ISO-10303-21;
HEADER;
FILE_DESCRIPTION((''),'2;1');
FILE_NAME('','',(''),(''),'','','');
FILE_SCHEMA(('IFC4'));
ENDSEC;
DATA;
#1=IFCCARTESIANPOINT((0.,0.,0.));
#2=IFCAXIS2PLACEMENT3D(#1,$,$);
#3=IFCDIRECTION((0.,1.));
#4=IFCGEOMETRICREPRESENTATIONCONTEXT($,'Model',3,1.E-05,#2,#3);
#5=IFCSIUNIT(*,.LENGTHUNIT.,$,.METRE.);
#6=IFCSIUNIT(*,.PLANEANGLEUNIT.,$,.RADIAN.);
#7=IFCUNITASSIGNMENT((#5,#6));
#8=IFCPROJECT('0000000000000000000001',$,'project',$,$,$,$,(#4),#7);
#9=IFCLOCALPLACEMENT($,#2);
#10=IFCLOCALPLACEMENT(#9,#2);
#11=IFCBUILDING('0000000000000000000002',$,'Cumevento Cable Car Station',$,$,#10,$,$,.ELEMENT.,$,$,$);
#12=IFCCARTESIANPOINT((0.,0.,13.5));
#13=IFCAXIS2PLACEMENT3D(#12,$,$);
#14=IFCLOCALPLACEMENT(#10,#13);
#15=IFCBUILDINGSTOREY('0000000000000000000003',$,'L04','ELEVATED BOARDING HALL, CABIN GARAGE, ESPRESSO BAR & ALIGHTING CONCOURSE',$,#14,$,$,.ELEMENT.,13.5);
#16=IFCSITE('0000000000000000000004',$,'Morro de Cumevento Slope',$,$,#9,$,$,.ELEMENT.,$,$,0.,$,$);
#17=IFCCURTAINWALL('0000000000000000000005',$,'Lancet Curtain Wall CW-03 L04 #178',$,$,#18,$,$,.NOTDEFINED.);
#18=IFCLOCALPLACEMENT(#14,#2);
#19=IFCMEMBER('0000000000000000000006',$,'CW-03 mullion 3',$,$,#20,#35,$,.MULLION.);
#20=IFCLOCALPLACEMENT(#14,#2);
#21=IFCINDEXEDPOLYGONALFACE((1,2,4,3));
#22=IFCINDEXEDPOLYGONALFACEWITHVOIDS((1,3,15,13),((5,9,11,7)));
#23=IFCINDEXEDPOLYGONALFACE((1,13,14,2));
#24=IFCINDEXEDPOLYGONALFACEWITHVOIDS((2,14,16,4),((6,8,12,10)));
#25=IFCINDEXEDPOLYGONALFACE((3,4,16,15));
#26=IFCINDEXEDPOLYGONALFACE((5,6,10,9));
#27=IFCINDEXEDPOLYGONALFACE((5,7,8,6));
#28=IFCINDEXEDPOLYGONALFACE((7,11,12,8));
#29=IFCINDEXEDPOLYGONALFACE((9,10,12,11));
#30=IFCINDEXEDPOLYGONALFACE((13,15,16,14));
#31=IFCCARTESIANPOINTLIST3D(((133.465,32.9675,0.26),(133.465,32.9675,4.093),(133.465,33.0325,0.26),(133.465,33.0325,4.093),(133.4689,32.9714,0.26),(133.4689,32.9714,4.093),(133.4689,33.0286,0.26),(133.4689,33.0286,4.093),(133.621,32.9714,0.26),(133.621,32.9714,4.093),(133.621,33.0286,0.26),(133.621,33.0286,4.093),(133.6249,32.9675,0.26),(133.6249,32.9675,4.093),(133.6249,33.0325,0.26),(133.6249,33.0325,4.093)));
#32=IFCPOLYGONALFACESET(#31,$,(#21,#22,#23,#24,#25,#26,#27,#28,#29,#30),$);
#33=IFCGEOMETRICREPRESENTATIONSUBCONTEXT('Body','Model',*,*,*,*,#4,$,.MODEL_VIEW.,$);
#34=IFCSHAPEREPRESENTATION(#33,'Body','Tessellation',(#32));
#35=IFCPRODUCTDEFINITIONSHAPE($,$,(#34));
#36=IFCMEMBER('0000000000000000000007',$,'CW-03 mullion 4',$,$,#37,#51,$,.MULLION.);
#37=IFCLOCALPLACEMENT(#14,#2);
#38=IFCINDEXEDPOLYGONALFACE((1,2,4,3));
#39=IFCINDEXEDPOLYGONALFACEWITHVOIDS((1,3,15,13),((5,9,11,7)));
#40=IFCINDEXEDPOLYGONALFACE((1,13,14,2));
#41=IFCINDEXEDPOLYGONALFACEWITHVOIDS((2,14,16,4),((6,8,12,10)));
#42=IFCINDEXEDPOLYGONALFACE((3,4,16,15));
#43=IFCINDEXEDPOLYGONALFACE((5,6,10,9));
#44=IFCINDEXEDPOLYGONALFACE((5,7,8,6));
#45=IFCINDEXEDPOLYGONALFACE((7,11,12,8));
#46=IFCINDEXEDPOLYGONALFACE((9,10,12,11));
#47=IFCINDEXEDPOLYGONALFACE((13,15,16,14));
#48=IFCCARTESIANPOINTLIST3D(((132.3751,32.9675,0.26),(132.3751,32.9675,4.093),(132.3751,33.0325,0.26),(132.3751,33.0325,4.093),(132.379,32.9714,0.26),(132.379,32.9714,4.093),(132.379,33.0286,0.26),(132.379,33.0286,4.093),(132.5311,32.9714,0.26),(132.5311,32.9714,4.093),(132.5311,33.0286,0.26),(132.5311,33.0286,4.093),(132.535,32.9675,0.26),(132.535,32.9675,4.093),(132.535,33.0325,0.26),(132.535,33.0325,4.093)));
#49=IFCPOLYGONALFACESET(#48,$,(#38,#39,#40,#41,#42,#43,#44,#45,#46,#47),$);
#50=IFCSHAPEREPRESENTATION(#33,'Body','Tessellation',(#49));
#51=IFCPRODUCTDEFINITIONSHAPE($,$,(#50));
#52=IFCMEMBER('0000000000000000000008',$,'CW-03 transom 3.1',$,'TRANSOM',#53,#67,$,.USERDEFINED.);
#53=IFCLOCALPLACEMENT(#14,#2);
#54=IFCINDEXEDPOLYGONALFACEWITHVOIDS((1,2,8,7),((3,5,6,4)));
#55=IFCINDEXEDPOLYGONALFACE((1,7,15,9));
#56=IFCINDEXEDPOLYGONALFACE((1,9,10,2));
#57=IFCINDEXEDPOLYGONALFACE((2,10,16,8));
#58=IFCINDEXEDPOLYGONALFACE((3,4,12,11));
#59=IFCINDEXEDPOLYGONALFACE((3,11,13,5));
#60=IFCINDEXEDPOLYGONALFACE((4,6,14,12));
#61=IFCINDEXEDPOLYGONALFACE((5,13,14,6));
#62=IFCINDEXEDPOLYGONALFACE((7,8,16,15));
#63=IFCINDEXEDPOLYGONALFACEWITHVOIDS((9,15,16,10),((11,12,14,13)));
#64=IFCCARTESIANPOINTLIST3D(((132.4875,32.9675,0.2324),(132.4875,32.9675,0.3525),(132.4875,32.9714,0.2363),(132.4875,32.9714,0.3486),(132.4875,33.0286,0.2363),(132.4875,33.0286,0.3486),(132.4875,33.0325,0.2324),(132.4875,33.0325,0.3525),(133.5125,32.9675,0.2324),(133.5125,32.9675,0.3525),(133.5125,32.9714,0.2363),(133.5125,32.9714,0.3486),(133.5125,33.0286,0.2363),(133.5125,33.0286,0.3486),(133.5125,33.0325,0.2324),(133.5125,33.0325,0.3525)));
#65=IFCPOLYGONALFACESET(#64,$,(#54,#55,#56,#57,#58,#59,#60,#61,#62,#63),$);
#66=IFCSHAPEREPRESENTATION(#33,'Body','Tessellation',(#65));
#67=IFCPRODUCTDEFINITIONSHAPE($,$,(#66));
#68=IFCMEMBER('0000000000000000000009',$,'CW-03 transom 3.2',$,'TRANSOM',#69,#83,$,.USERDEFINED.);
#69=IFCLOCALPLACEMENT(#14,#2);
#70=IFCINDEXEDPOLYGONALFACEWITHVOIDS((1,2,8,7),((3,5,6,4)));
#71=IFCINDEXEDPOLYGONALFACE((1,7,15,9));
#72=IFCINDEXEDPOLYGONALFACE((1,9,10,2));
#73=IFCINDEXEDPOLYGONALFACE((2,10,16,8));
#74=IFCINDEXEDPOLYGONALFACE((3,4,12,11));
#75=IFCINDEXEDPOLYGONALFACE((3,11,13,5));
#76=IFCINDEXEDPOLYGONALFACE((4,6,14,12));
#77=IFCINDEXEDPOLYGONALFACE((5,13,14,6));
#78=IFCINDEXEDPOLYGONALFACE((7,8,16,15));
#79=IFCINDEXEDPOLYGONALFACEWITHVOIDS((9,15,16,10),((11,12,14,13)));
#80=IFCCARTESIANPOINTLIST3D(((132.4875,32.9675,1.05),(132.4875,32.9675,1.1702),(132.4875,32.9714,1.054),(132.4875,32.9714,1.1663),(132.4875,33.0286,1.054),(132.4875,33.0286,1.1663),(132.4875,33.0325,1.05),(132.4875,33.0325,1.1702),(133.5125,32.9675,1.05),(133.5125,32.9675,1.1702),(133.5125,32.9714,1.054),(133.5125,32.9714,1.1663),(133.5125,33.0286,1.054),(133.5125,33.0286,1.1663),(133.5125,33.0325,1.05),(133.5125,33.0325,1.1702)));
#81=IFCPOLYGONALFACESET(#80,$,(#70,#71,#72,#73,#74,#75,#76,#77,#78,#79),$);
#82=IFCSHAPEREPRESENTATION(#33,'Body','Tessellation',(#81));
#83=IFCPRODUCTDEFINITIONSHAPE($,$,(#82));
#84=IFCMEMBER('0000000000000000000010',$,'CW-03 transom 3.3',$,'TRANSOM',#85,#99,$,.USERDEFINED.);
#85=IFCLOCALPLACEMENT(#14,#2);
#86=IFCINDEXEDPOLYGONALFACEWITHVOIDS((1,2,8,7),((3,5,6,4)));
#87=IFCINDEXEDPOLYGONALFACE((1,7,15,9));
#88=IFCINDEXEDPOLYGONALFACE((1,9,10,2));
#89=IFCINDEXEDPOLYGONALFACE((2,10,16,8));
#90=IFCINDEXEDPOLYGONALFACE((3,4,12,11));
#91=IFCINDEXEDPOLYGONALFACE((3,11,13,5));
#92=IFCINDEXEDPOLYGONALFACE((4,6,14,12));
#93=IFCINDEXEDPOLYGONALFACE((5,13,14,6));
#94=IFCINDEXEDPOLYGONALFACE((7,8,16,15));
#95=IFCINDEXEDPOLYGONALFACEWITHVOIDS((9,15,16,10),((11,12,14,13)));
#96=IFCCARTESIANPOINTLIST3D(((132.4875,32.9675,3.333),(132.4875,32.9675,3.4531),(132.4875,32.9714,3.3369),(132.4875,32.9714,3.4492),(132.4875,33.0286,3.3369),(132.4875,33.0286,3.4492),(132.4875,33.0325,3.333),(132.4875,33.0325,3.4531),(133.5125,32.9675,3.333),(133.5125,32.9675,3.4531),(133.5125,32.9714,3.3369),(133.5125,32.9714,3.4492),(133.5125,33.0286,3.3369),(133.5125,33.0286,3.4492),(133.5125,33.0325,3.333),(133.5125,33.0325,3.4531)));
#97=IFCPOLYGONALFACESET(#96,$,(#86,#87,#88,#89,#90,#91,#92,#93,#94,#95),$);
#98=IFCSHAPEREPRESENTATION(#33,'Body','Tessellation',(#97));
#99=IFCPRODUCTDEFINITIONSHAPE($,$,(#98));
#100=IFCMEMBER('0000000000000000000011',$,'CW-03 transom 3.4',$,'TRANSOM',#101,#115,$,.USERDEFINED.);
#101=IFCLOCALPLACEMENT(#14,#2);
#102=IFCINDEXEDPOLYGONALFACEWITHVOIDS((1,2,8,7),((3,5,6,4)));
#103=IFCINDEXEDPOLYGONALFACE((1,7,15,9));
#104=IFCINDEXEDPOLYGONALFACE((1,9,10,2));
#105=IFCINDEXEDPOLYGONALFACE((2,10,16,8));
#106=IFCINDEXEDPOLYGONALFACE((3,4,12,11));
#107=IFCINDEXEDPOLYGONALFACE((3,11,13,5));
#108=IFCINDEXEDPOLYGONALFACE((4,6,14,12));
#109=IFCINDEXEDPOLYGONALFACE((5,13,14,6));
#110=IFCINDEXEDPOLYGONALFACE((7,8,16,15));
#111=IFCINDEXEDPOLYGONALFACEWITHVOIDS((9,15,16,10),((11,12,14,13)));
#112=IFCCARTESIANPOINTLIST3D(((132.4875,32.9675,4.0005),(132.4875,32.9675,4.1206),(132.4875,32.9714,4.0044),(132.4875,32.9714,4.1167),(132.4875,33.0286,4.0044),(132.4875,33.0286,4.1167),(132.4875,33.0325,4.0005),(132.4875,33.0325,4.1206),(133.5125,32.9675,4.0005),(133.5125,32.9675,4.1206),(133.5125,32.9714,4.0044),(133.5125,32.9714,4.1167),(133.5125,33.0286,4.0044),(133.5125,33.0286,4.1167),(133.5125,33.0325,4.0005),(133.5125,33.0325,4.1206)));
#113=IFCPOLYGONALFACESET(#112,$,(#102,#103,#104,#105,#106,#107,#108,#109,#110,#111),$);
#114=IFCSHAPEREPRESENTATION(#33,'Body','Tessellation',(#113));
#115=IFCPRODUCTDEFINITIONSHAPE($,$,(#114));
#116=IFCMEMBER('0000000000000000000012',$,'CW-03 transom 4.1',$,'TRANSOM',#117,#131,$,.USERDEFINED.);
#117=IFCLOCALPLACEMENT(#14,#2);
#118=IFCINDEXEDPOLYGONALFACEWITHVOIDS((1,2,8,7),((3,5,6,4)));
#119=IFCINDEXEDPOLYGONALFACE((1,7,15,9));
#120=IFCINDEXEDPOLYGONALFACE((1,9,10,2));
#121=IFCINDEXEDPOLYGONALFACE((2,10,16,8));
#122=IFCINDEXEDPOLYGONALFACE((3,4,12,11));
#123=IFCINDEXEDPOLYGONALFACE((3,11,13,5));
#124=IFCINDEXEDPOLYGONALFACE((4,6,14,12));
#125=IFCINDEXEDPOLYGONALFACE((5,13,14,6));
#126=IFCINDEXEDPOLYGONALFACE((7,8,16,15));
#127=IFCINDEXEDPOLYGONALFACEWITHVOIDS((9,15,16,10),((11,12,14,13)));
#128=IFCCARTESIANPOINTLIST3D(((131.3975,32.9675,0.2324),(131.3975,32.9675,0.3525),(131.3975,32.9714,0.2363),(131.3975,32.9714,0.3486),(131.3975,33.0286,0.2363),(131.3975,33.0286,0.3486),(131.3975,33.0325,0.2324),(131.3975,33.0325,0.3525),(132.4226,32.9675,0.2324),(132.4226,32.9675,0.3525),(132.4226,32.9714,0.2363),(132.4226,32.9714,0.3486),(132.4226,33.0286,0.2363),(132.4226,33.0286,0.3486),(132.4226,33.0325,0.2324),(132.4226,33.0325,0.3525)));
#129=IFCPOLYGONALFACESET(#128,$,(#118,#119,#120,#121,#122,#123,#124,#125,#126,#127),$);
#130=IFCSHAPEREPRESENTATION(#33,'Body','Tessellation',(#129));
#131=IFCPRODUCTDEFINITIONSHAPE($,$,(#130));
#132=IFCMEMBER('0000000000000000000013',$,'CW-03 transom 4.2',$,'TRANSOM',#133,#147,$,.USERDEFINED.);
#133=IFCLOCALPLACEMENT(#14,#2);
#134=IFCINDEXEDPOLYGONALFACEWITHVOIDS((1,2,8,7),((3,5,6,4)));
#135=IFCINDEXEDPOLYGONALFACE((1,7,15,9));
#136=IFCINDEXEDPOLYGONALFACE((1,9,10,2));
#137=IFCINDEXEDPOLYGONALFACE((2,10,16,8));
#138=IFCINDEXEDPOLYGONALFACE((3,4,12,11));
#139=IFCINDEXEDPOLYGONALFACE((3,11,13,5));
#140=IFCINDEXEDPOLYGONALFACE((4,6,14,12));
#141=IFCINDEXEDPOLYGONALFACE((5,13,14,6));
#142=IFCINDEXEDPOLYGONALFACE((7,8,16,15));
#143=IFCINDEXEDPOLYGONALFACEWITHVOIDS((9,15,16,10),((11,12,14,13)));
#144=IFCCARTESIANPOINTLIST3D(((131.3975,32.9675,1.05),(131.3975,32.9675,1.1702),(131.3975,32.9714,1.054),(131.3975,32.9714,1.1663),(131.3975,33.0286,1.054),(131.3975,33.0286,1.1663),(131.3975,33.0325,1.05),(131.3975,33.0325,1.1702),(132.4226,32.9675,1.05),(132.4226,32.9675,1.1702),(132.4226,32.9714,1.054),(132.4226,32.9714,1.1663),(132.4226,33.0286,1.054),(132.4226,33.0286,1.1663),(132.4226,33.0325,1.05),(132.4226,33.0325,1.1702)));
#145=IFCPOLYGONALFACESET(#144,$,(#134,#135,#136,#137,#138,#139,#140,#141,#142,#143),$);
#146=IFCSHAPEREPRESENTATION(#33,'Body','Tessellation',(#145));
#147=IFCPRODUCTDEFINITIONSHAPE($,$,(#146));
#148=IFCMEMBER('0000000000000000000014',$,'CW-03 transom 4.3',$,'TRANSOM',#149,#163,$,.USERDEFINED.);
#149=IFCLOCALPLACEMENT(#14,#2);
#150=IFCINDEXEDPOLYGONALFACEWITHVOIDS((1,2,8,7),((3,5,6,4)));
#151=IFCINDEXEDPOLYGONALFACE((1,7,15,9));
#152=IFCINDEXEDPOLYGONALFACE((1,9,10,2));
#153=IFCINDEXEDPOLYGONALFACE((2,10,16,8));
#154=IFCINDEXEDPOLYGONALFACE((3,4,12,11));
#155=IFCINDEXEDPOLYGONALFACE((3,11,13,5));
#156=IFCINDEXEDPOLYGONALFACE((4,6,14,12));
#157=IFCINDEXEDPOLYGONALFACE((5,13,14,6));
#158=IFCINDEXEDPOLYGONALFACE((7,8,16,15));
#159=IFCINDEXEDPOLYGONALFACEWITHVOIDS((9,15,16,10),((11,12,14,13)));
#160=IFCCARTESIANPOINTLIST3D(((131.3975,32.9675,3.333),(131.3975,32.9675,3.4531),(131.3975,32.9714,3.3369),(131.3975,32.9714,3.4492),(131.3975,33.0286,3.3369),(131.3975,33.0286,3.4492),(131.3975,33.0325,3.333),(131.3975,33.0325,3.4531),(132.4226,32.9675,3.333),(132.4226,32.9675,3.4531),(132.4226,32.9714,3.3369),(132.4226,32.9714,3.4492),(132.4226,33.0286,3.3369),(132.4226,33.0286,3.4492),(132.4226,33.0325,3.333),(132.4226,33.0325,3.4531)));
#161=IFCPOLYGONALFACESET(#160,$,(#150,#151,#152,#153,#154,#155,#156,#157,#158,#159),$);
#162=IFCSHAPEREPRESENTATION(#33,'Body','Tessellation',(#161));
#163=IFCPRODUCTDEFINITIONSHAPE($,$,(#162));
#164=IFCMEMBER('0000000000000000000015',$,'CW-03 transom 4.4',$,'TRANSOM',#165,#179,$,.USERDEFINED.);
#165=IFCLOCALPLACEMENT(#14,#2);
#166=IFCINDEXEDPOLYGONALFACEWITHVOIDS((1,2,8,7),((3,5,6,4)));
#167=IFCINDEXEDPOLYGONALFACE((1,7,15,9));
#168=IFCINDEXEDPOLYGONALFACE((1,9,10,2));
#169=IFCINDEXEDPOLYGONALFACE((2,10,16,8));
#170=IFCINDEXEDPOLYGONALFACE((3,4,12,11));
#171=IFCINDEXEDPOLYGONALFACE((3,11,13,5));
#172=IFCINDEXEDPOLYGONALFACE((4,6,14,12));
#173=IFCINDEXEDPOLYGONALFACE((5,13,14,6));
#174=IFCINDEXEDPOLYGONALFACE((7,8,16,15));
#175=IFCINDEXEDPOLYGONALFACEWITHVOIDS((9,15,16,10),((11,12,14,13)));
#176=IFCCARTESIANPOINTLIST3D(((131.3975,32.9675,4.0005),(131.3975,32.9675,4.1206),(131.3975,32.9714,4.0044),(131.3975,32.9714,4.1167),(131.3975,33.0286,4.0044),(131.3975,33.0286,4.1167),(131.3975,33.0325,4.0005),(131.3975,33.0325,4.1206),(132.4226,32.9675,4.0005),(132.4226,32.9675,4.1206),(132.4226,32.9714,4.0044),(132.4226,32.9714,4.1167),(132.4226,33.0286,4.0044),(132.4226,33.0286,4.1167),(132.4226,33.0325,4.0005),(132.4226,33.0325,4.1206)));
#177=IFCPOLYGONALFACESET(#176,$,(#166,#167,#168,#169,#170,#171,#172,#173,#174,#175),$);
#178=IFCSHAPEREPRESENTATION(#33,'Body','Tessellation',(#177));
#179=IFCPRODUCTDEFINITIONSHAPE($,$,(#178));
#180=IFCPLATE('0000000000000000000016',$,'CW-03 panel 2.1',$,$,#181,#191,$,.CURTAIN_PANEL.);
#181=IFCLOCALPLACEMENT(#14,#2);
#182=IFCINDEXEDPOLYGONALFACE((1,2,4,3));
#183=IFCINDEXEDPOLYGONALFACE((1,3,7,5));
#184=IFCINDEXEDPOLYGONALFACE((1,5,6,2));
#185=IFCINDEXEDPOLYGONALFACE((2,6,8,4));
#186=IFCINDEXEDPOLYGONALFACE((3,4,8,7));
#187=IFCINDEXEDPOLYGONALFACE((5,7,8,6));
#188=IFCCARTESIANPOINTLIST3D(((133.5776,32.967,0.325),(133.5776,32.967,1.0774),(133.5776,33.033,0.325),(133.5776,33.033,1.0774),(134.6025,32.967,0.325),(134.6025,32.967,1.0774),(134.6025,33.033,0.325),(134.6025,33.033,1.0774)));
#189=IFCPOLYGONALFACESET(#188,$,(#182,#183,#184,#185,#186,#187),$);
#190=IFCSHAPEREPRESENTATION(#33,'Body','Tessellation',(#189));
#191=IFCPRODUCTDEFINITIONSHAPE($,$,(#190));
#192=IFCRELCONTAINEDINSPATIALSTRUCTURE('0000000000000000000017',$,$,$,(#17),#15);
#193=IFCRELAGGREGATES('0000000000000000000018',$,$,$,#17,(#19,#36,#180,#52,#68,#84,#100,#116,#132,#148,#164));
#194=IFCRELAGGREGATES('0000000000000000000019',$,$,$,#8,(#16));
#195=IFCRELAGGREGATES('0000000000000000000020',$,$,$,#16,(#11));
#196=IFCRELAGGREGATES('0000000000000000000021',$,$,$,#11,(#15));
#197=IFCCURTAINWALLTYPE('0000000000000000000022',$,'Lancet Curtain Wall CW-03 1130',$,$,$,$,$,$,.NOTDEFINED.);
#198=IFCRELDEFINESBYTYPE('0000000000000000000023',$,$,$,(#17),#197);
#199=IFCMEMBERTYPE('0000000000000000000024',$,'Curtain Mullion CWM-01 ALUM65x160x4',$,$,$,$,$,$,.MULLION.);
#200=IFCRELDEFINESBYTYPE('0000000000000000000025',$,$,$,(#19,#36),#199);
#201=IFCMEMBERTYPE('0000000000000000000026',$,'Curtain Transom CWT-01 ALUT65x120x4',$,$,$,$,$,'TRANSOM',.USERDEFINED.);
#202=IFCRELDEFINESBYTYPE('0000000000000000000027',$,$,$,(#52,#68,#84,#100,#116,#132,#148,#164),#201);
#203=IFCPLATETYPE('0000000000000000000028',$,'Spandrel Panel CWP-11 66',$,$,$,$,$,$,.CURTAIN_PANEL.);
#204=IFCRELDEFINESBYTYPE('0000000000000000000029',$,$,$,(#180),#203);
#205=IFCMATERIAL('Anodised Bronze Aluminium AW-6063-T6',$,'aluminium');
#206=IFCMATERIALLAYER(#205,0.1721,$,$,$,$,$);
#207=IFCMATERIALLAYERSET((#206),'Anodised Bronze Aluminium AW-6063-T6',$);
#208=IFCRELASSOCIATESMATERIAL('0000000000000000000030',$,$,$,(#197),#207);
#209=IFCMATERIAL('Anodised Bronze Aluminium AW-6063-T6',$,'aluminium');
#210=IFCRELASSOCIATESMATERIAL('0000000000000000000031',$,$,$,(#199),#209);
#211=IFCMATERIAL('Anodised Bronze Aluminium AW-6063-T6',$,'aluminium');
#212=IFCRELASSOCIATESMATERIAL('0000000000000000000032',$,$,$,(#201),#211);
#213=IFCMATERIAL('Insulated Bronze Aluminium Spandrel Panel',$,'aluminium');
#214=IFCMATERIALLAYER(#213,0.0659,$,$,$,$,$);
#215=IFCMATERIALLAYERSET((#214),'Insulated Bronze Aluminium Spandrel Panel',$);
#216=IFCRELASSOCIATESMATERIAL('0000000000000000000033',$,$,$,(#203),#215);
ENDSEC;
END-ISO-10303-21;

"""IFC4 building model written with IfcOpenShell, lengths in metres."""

from ifc_helpers import new_model, si_unit, direction, frame, origin, origin_2d, place, context, subcontext, project, spatial, rectangle, hollow_rectangle, extrude, material, layer, layer_set, material_profile, profile_set, type_object, element, aggregate, save


model = new_model("IFC4")

# Units and contexts
model_context = context("Model", 3, precision=1e-05, world=origin(), true_north=direction((0.0, 1.0)))
body_context = subcontext(model_context, "Body", "Model", "MODEL_VIEW")
ifc_project = project(units=[si_unit("LENGTHUNIT", "METRE"), si_unit("PLANEANGLEUNIT", "RADIAN")], contexts=[model_context])

# Site, building, storey
site_placement = place(None, origin())
site = spatial("IfcSite", under=ifc_project, at=site_placement, Name="Morro de Cumevento Slope", CompositionType="ELEMENT", RefElevation=0.0)
building_placement = place(site_placement, origin())
building = spatial("IfcBuilding", under=site, at=building_placement, Name="Cumevento Cable Car Station", CompositionType="ELEMENT")
storey_placement = place(building_placement, frame((0.0, 0.0, 13.5)))
storey = spatial("IfcBuildingStorey", under=building, at=storey_placement, Name="L04", Description="ELEVATED BOARDING HALL, CABIN GARAGE, ESPRESSO BAR & ALIGHTING CONCOURSE", CompositionType="ELEMENT", Elevation=13.5)

# Curtain wall, members, plate
ifc_material_1 = material(Name="Anodised Bronze Aluminium AW-6063-T6", Category="aluminium")
ifc_layer_1 = layer(ifc_material_1, 0.1721)
ifc_layer_set_1 = layer_set([ifc_layer_1], Name="Anodised Bronze Aluminium AW-6063-T6")
curtain_wall_type = type_object("IfcCurtainWallType", Name="Lancet Curtain Wall CW-03 1130", PredefinedType="NOTDEFINED", material=ifc_layer_set_1)
curtain_wall_placement = place(storey_placement, origin())
curtain_wall = element("IfcCurtainWall", 1, at=curtain_wall_placement, inside=storey, type_object=curtain_wall_type, Name="Lancet Curtain Wall CW-03 L04 #178", PredefinedType="NOTDEFINED")
ifc_material_2 = material(Name="Anodised Bronze Aluminium AW-6063-T6", Category="aluminium")
ifc_material_profile_1 = material_profile(ifc_material_2, hollow_rectangle(XDim=0.0649, YDim=0.1599, WallThickness=0.0039, at=origin_2d()), Name="ALUM65x160x4")
ifc_profile_set_1 = profile_set([ifc_material_profile_1], Name="Anodised Bronze Aluminium AW-6063-T6")
member_type_1 = type_object("IfcMemberType", Name="Curtain Mullion CWM-01 ALUM65x160x4", PredefinedType="MULLION", material=ifc_profile_set_1)
member_1_placement = place(storey_placement, frame((133.5449, 33.0, 0.26), z_axis=(0.0, 0.0, 1.0), x_axis=(0.0, -1.0, 0.0)))
member_1 = element("IfcMember", 2, at=member_1_placement, type_object=member_type_1, Name="CW-03 mullion 3", PredefinedType="MULLION", context=body_context, shape_type="SweptSolid", body=[
    extrude(hollow_rectangle(XDim=0.0649, YDim=0.1599, WallThickness=0.0039, at=origin_2d()), origin(), (0.0, 0.0, 1.0), 3.833),
])
member_2_placement = place(storey_placement, frame((132.4551, 33.0, 0.26), z_axis=(0.0, 0.0, 1.0), x_axis=(0.0, -1.0, 0.0)))
member_2 = element("IfcMember", 3, at=member_2_placement, type_object=member_type_1, Name="CW-03 mullion 4", PredefinedType="MULLION", context=body_context, shape_type="SweptSolid", body=[
    extrude(hollow_rectangle(XDim=0.0649, YDim=0.1599, WallThickness=0.0039, at=origin_2d()), origin(), (0.0, 0.0, 1.0), 3.833),
])
ifc_material_3 = material(Name="Anodised Bronze Aluminium AW-6063-T6", Category="aluminium")
ifc_material_profile_2 = material_profile(ifc_material_3, hollow_rectangle(XDim=0.0649, YDim=0.1201, WallThickness=0.0039, at=origin_2d()), Name="ALUT65x120x4")
ifc_profile_set_2 = profile_set([ifc_material_profile_2], Name="Anodised Bronze Aluminium AW-6063-T6")
member_type_2 = type_object("IfcMemberType", Name="Curtain Transom CWT-01 ALUT65x120x4", ElementType="TRANSOM", PredefinedType="USERDEFINED", material=ifc_profile_set_2)
member_3_placement = place(storey_placement, frame((133.5125, 33.0, 0.2925), z_axis=(-1.0, 0.0, 0.0), x_axis=(0.0, -1.0, 0.0)))
member_3 = element("IfcMember", 4, at=member_3_placement, type_object=member_type_2, Name="CW-03 transom 3.1", ObjectType="TRANSOM", PredefinedType="USERDEFINED", context=body_context, shape_type="SweptSolid", body=[
    extrude(hollow_rectangle(XDim=0.0649, YDim=0.1201, WallThickness=0.0039, at=origin_2d()), origin(), (0.0, 0.0, 1.0), 1.0249),
])
member_4_placement = place(storey_placement, frame((133.5125, 33.0, 1.1101), z_axis=(-1.0, 0.0, 0.0), x_axis=(0.0, -1.0, 0.0)))
member_4 = element("IfcMember", 5, at=member_4_placement, type_object=member_type_2, Name="CW-03 transom 3.2", ObjectType="TRANSOM", PredefinedType="USERDEFINED", context=body_context, shape_type="SweptSolid", body=[
    extrude(hollow_rectangle(XDim=0.0649, YDim=0.1201, WallThickness=0.0039, at=origin_2d()), origin(), (0.0, 0.0, 1.0), 1.0249),
])
member_5_placement = place(storey_placement, frame((133.5125, 33.0, 3.3931), z_axis=(-1.0, 0.0, 0.0), x_axis=(0.0, -1.0, 0.0)))
member_5 = element("IfcMember", 6, at=member_5_placement, type_object=member_type_2, Name="CW-03 transom 3.3", ObjectType="TRANSOM", PredefinedType="USERDEFINED", context=body_context, shape_type="SweptSolid", body=[
    extrude(hollow_rectangle(XDim=0.0649, YDim=0.1201, WallThickness=0.0039, at=origin_2d()), origin(), (0.0, 0.0, 1.0), 1.0249),
])
member_6_placement = place(storey_placement, frame((133.5125, 33.0, 4.0605), z_axis=(-1.0, 0.0, 0.0), x_axis=(0.0, -1.0, 0.0)))
member_6 = element("IfcMember", 7, at=member_6_placement, type_object=member_type_2, Name="CW-03 transom 3.4", ObjectType="TRANSOM", PredefinedType="USERDEFINED", context=body_context, shape_type="SweptSolid", body=[
    extrude(hollow_rectangle(XDim=0.0649, YDim=0.1201, WallThickness=0.0039, at=origin_2d()), origin(), (0.0, 0.0, 1.0), 1.0249),
])
member_7_placement = place(storey_placement, frame((132.4226, 33.0, 0.2925), z_axis=(-1.0, 0.0, 0.0), x_axis=(0.0, -1.0, 0.0)))
member_7 = element("IfcMember", 8, at=member_7_placement, type_object=member_type_2, Name="CW-03 transom 4.1", ObjectType="TRANSOM", PredefinedType="USERDEFINED", context=body_context, shape_type="SweptSolid", body=[
    extrude(hollow_rectangle(XDim=0.0649, YDim=0.1201, WallThickness=0.0039, at=origin_2d()), origin(), (0.0, 0.0, 1.0), 1.0251),
])
member_8_placement = place(storey_placement, frame((132.4226, 33.0, 1.1101), z_axis=(-1.0, 0.0, 0.0), x_axis=(0.0, -1.0, 0.0)))
member_8 = element("IfcMember", 9, at=member_8_placement, type_object=member_type_2, Name="CW-03 transom 4.2", ObjectType="TRANSOM", PredefinedType="USERDEFINED", context=body_context, shape_type="SweptSolid", body=[
    extrude(hollow_rectangle(XDim=0.0649, YDim=0.1201, WallThickness=0.0039, at=origin_2d()), origin(), (0.0, 0.0, 1.0), 1.0251),
])
member_9_placement = place(storey_placement, frame((132.4226, 33.0, 3.3931), z_axis=(-1.0, 0.0, 0.0), x_axis=(0.0, -1.0, 0.0)))
member_9 = element("IfcMember", 10, at=member_9_placement, type_object=member_type_2, Name="CW-03 transom 4.3", ObjectType="TRANSOM", PredefinedType="USERDEFINED", context=body_context, shape_type="SweptSolid", body=[
    extrude(hollow_rectangle(XDim=0.0649, YDim=0.1201, WallThickness=0.0039, at=origin_2d()), origin(), (0.0, 0.0, 1.0), 1.0251),
])
member_10_placement = place(storey_placement, frame((132.4226, 33.0, 4.0605), z_axis=(-1.0, 0.0, 0.0), x_axis=(0.0, -1.0, 0.0)))
member_10 = element("IfcMember", 11, at=member_10_placement, type_object=member_type_2, Name="CW-03 transom 4.4", ObjectType="TRANSOM", PredefinedType="USERDEFINED", context=body_context, shape_type="SweptSolid", body=[
    extrude(hollow_rectangle(XDim=0.0649, YDim=0.1201, WallThickness=0.0039, at=origin_2d()), origin(), (0.0, 0.0, 1.0), 1.0251),
])
ifc_material_4 = material(Name="Insulated Bronze Aluminium Spandrel Panel", Category="aluminium")
ifc_layer_2 = layer(ifc_material_4, 0.0659)
ifc_layer_set_2 = layer_set([ifc_layer_2], Name="Insulated Bronze Aluminium Spandrel Panel")
plate_type = type_object("IfcPlateType", Name="Spandrel Panel CWP-11 66", PredefinedType="CURTAIN_PANEL", material=ifc_layer_set_2)
plate_1_placement = place(storey_placement, frame((134.0901, 33.0, 0.325), z_axis=(0.0, 0.0, 1.0), x_axis=(-1.0, 0.0, 0.0)))
plate_1 = element("IfcPlate", 12, at=plate_1_placement, type_object=plate_type, Name="CW-03 panel 2.1", PredefinedType="CURTAIN_PANEL", context=body_context, shape_type="SweptSolid", body=[
    extrude(rectangle(XDim=1.0249, YDim=0.0659, at=origin_2d()), origin(), (0.0, 0.0, 1.0), 0.7524),
])
aggregate(curtain_wall, [member_1, member_2, plate_1, member_3, member_4, member_5, member_6, member_7, member_8, member_9, member_10])

save(model, "model.ifc")
